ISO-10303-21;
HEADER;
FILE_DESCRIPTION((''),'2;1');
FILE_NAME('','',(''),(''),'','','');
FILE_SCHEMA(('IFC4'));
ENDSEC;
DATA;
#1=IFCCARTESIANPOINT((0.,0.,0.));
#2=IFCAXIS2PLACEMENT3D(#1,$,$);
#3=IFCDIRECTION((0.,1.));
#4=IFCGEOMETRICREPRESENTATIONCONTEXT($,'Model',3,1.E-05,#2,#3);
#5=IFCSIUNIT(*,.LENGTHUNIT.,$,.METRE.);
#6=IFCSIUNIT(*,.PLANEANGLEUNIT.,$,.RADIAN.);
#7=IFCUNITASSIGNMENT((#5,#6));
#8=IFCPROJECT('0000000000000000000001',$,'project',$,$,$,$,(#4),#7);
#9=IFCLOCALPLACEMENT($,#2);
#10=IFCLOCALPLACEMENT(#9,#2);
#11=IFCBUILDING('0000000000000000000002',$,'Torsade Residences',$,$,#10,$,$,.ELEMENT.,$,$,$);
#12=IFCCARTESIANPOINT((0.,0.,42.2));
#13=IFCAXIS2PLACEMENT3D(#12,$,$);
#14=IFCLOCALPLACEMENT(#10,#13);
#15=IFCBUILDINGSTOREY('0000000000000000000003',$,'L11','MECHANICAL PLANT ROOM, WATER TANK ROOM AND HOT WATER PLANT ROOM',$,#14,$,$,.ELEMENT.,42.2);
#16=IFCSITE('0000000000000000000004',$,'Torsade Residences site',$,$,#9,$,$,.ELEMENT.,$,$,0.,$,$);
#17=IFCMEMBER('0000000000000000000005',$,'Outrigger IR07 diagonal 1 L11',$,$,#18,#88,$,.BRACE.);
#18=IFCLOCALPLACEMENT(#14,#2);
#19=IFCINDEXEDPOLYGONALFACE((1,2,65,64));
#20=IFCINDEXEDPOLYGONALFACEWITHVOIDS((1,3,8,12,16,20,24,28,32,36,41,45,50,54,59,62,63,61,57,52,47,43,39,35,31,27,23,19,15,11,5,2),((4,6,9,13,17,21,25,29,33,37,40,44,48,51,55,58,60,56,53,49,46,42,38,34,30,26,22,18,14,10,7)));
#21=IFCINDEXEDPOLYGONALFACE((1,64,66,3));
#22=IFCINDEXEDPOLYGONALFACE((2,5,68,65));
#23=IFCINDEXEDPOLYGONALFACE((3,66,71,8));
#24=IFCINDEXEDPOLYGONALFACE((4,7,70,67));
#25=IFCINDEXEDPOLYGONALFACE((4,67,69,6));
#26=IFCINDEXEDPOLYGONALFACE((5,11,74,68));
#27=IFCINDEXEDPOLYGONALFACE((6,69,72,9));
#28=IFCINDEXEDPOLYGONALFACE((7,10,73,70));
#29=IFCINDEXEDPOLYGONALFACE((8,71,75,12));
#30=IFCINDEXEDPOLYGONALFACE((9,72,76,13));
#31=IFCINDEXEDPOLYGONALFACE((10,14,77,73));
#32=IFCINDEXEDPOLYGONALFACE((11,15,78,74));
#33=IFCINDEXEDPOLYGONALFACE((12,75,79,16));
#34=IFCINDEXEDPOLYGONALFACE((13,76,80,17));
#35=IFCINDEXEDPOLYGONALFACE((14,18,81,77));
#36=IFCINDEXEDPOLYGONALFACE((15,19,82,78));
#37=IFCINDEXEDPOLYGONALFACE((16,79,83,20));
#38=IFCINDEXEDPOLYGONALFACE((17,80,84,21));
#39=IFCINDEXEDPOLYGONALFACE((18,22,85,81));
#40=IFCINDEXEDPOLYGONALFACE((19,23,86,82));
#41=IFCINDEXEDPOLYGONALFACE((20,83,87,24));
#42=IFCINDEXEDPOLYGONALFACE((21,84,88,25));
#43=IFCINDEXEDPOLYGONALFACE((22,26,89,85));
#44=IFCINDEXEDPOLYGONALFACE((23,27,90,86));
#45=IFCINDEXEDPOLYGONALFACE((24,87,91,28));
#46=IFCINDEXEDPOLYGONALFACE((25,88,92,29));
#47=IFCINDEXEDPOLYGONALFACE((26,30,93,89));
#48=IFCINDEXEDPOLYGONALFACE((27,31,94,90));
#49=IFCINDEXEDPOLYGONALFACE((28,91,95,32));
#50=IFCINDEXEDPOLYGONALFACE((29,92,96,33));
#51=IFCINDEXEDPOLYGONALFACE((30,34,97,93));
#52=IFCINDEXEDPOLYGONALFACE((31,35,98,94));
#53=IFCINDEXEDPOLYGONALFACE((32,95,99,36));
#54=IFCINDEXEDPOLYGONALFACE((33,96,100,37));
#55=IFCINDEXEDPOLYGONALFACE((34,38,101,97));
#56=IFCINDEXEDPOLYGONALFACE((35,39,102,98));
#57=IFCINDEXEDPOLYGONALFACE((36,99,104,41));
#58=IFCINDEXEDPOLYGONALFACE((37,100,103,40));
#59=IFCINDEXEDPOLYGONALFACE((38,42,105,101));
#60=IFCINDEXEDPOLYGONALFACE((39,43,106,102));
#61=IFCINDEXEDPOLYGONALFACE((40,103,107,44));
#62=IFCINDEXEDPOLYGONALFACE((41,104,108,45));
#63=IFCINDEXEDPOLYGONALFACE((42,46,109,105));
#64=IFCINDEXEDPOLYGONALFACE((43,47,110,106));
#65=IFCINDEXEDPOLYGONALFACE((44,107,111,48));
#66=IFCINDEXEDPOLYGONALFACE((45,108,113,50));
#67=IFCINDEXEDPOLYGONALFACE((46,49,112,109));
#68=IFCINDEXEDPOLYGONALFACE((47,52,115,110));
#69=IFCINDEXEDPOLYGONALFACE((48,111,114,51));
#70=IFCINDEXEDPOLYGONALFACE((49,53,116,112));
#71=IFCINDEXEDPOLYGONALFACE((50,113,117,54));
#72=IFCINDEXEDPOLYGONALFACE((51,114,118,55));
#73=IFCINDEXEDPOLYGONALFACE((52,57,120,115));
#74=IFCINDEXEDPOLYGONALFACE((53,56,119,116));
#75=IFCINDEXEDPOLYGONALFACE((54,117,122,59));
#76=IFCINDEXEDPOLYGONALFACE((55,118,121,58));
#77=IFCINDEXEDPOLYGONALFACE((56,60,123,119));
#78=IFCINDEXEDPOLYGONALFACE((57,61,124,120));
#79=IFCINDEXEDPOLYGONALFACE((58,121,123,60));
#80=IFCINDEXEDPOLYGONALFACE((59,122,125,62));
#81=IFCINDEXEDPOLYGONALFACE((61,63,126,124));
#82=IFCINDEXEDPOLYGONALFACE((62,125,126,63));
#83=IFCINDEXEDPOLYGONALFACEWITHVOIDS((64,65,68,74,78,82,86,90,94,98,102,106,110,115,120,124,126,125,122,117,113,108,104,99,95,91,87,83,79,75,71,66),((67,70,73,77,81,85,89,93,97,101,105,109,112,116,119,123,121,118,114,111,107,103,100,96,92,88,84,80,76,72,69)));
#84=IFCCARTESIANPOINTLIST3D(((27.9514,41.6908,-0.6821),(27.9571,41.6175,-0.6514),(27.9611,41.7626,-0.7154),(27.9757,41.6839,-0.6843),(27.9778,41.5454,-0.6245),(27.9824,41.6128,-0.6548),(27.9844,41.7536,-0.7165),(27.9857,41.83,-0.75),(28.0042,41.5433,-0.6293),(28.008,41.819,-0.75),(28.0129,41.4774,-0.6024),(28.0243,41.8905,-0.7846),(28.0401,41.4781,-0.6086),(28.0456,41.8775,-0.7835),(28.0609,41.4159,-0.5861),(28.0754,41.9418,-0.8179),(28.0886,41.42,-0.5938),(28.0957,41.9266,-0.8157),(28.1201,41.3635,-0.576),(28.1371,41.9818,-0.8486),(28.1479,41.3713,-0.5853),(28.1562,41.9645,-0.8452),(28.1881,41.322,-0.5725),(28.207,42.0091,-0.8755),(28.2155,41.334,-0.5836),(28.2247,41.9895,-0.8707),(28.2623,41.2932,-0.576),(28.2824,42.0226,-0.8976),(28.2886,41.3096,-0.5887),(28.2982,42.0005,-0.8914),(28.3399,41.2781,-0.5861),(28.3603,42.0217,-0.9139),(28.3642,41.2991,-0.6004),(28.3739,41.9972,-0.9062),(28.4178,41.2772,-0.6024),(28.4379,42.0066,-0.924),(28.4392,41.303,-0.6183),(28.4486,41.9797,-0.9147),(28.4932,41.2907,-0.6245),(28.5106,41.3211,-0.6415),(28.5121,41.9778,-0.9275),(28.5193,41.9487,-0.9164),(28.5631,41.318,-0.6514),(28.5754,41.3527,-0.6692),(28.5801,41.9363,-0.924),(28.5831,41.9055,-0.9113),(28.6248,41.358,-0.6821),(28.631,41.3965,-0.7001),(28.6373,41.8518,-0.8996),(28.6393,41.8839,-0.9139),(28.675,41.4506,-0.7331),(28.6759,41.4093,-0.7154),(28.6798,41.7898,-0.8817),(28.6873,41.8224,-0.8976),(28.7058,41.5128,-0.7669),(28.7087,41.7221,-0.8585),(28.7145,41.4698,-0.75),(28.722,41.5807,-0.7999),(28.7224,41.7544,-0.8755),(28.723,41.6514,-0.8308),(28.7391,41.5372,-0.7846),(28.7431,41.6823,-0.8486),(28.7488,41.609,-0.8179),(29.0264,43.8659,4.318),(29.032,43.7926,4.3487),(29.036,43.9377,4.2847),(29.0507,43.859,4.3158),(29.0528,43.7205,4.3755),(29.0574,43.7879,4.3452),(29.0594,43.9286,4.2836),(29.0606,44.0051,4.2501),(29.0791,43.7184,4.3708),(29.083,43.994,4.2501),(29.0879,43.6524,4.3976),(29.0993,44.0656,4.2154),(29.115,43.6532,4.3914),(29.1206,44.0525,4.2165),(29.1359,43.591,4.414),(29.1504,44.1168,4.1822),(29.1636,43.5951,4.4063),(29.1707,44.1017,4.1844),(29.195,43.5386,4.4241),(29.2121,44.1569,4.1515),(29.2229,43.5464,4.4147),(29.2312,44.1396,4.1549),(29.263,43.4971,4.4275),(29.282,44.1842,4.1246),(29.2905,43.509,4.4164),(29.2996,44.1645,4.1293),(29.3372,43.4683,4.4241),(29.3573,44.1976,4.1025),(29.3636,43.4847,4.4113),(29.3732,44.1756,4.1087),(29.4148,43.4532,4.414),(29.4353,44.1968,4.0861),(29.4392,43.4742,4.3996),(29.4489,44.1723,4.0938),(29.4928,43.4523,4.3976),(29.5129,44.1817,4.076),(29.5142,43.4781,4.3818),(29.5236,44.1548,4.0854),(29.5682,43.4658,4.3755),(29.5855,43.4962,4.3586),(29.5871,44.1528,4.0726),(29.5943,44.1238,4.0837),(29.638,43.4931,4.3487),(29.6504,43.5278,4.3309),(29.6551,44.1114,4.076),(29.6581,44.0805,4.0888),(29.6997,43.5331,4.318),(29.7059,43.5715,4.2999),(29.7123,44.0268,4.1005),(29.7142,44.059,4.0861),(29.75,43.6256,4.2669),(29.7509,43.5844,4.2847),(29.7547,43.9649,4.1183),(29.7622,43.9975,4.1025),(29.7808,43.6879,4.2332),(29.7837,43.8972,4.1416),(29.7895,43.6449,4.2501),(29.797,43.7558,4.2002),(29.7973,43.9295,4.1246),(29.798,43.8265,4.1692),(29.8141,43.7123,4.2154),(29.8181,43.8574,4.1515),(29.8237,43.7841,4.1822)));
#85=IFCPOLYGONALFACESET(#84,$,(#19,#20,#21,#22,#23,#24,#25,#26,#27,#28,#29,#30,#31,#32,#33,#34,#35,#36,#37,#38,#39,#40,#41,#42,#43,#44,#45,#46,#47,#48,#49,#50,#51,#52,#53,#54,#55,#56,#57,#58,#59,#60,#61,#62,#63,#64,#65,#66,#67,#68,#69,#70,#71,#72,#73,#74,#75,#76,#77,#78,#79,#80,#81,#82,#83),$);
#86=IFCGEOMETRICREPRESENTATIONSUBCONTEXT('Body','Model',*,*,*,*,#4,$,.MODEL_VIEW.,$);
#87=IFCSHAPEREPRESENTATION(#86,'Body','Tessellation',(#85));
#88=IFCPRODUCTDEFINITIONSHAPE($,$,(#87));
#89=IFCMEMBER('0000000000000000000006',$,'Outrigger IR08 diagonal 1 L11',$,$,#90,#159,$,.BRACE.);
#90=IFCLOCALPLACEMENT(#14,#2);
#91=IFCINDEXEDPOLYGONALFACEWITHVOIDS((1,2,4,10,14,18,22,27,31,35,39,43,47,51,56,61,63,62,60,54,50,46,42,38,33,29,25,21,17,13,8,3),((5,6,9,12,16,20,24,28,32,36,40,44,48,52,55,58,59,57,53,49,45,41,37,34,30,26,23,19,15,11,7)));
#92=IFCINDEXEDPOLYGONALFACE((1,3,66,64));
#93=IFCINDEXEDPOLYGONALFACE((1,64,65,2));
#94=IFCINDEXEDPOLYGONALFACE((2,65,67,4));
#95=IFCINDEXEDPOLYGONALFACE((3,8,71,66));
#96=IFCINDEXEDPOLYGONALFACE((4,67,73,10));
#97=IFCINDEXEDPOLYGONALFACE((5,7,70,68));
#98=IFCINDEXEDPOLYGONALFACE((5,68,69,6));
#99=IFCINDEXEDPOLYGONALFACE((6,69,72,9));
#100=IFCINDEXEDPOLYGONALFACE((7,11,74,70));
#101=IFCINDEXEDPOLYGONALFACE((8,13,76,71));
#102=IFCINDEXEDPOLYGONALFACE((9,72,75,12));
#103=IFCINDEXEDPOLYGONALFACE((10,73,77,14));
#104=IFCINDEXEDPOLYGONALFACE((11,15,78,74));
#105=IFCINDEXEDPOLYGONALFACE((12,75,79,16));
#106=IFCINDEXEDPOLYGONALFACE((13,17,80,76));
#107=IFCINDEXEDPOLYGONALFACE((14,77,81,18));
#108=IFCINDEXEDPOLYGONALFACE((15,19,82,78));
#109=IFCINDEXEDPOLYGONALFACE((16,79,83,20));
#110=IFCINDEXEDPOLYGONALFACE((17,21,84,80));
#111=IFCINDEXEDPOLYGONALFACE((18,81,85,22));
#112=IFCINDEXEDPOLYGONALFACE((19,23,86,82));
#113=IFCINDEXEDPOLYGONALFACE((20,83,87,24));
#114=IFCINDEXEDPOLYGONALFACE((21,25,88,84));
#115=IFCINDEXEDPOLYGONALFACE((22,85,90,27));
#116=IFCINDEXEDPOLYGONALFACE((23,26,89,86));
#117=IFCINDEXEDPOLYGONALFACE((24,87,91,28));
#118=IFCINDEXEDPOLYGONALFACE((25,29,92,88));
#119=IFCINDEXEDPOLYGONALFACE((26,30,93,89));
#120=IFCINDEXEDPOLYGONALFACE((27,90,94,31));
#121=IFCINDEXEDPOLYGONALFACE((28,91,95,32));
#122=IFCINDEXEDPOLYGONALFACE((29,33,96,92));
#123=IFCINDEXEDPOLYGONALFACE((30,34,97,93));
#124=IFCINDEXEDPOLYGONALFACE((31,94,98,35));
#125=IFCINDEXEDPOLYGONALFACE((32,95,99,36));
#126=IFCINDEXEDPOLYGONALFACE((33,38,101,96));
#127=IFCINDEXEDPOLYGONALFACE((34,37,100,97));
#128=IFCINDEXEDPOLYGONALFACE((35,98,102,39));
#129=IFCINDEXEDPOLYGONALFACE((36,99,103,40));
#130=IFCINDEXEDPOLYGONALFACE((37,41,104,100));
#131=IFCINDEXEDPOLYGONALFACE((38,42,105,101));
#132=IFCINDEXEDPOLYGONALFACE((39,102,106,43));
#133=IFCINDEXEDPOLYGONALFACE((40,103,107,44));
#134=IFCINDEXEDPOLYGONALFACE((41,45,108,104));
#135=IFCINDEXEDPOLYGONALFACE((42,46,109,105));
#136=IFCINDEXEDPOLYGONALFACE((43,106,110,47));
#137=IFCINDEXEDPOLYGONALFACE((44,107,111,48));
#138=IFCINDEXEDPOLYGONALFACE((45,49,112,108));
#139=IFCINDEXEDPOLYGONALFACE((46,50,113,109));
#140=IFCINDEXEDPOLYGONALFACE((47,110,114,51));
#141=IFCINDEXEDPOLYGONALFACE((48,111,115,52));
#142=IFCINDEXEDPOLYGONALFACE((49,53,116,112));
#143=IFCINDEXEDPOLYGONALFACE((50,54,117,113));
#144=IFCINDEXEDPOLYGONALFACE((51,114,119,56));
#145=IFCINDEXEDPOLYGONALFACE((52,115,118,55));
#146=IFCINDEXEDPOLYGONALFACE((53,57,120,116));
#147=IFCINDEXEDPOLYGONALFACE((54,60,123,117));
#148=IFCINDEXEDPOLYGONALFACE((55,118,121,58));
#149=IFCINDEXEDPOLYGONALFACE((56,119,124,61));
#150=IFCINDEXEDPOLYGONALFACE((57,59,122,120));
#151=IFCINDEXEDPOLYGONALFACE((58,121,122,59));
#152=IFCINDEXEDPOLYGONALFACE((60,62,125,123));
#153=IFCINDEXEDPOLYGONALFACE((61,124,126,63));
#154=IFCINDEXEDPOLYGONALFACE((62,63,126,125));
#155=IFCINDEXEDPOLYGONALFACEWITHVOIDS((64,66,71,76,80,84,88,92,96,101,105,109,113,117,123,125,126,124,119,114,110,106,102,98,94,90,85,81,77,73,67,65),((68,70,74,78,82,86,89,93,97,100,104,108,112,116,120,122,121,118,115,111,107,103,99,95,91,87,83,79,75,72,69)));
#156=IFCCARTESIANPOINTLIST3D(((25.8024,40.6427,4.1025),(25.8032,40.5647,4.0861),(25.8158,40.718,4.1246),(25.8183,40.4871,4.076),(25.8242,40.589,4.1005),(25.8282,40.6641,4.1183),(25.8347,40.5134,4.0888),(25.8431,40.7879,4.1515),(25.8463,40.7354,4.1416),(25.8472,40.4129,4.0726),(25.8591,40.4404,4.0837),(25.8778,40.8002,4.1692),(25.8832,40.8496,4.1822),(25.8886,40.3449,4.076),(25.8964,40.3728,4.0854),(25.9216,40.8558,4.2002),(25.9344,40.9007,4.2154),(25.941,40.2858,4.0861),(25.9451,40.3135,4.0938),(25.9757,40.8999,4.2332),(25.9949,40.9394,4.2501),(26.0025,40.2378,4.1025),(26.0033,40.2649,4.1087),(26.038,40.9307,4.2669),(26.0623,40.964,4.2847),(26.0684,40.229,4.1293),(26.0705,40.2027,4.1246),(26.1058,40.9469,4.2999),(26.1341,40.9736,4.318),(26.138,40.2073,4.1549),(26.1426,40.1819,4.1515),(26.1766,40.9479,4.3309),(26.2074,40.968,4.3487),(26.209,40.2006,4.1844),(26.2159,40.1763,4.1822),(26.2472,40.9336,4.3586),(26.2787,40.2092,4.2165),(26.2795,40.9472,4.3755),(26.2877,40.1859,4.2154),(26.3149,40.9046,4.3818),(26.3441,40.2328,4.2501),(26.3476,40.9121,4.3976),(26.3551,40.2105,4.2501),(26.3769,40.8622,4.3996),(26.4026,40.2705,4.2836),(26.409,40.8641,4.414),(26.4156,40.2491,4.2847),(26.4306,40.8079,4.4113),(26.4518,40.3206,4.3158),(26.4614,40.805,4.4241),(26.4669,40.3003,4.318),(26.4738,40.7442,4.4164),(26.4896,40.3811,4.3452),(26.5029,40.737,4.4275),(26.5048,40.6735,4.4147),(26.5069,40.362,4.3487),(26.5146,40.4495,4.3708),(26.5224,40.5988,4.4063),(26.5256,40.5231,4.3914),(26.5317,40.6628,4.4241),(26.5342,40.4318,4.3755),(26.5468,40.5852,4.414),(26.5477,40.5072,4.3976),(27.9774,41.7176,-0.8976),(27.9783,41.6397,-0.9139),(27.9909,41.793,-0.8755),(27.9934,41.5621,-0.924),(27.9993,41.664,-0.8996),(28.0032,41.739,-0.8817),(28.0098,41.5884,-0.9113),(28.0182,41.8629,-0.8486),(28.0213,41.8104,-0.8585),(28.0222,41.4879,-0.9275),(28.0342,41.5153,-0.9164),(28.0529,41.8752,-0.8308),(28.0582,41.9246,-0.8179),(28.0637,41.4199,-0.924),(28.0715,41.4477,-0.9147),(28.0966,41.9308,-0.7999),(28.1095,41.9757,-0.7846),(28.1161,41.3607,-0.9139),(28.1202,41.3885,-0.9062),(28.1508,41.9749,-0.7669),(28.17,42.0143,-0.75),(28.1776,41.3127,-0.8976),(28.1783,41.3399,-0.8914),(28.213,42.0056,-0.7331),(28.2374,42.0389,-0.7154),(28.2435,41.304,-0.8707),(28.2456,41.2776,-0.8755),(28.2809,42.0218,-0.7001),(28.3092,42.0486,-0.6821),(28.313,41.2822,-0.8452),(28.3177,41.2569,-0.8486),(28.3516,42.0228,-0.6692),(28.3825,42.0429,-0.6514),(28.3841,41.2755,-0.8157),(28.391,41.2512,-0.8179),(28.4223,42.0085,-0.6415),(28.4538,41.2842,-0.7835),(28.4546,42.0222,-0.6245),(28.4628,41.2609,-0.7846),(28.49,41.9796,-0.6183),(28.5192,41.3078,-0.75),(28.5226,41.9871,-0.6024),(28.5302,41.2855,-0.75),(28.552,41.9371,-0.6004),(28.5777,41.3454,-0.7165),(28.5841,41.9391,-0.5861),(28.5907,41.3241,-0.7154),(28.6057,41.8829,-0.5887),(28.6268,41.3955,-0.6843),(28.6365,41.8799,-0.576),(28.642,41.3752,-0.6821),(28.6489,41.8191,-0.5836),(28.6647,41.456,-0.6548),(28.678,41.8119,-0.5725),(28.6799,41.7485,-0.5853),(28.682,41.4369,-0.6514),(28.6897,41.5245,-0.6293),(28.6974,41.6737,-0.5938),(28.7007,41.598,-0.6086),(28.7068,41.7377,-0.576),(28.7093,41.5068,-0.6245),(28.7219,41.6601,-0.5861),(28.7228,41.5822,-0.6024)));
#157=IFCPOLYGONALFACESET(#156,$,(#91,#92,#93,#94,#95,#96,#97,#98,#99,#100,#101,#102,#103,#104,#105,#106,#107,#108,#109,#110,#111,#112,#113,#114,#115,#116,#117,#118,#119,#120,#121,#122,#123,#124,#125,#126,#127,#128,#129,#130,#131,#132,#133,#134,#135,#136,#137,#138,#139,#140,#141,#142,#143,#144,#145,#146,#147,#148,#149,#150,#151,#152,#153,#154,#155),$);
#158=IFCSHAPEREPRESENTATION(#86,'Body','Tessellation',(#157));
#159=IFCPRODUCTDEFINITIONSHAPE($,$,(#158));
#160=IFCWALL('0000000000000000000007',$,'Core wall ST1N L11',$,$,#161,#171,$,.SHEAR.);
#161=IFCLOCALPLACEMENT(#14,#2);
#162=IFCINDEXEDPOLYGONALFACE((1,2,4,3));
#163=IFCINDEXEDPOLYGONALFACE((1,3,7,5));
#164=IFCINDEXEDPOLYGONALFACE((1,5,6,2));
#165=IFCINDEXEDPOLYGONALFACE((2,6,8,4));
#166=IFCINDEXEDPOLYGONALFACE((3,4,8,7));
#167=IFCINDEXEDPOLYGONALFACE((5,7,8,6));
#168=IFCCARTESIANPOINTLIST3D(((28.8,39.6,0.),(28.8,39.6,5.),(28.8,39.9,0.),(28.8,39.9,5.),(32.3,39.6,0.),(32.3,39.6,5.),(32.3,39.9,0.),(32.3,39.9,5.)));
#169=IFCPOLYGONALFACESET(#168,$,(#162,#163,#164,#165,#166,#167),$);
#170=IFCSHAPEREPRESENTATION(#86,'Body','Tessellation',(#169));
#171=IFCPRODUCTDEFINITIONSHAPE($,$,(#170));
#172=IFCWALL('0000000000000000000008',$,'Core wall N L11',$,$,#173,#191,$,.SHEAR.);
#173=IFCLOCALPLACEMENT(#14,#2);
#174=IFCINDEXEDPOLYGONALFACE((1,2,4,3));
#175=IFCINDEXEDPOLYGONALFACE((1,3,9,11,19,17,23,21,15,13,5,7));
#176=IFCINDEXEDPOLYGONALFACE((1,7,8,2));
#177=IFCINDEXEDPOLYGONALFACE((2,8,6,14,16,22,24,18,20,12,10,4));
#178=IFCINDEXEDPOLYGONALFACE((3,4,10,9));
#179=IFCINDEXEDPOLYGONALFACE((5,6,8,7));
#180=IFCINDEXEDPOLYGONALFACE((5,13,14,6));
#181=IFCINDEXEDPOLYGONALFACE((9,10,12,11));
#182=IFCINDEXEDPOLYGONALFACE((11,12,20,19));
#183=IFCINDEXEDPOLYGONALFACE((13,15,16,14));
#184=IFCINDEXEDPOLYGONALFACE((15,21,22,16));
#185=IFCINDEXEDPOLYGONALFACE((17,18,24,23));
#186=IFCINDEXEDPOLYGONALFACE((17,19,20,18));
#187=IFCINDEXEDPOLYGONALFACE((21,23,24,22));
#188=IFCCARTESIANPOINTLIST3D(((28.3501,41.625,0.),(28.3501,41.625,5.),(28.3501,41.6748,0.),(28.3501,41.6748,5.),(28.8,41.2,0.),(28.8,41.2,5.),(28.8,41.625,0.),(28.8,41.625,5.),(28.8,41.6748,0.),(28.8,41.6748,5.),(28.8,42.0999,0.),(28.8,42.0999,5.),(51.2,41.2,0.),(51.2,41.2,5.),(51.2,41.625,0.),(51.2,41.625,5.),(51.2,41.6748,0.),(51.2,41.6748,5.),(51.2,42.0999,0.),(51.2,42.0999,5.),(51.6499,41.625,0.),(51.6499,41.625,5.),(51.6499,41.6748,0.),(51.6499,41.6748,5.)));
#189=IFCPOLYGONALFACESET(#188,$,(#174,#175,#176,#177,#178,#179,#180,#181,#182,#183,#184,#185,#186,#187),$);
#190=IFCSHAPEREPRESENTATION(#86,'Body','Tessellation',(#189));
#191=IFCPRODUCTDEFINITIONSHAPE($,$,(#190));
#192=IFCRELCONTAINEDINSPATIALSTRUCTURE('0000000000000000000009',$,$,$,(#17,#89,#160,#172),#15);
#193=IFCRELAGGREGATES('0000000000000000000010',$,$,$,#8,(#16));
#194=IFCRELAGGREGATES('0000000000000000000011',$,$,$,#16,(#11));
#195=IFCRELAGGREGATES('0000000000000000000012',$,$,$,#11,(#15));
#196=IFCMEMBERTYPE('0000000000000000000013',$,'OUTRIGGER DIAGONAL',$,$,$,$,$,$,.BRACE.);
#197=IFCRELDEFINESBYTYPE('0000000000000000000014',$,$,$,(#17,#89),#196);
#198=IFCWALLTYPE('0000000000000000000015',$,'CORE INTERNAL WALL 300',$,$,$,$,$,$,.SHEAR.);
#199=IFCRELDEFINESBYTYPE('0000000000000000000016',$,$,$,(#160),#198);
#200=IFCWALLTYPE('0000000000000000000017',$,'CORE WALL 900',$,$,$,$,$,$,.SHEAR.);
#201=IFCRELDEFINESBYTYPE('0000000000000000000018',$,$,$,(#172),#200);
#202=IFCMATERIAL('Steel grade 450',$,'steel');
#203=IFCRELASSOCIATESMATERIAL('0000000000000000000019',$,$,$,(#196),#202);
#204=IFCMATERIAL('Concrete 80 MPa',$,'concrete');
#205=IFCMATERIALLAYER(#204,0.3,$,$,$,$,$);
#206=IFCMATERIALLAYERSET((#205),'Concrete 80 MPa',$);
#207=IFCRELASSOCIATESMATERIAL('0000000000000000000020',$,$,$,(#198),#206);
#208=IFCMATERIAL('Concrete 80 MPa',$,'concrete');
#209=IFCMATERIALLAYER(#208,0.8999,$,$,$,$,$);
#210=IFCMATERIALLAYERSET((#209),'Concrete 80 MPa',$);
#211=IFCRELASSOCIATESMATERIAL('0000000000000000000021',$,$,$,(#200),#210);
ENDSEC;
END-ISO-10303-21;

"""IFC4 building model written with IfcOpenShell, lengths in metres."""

from ifc_helpers import new_model, si_unit, direction, frame, frame_2d, origin, origin_2d, place, context, subcontext, project, spatial, polyline, rectangle, hollow_circle, outline, extrude, material, layer, layer_set, material_profile, profile_set, type_object, element, save


model = new_model("IFC4")

# Units and contexts
model_context = context("Model", 3, precision=1e-05, world=origin(), true_north=direction((0.0, 1.0)))
body_context = subcontext(model_context, "Body", "Model", "MODEL_VIEW")
ifc_project = project(units=[si_unit("LENGTHUNIT", "METRE"), si_unit("PLANEANGLEUNIT", "RADIAN")], contexts=[model_context])

# Site, building, storey
site_placement = place(None, origin())
site = spatial("IfcSite", under=ifc_project, at=site_placement, Name="Torsade Residences site", CompositionType="ELEMENT", RefElevation=0.0)
building_placement = place(site_placement, origin())
building = spatial("IfcBuilding", under=site, at=building_placement, Name="Torsade Residences", CompositionType="ELEMENT")
storey_placement = place(building_placement, frame((0.0, 0.0, 42.2)))
storey = spatial("IfcBuildingStorey", under=building, at=storey_placement, Name="L11", Description="MECHANICAL PLANT ROOM, WATER TANK ROOM AND HOT WATER PLANT ROOM", CompositionType="ELEMENT", Elevation=42.2)

# Members
ifc_material_1 = material(Name="Steel grade 450", Category="steel")
ifc_material_profile_1 = material_profile(ifc_material_1, hollow_circle(Radius=0.4065, WallThickness=0.0249, at=origin_2d()), Name="813.0x25.0CHS")
ifc_profile_set_1 = profile_set([ifc_material_profile_1], Name="Steel grade 450")
member_type_1 = type_object("IfcMemberType", Name="OUTRIGGER DIAGONAL", PredefinedType="BRACE", material=ifc_profile_set_1)
for number, where, z_axis, x_axis, name in (
    (1, (28.3501, 41.6499, -0.75), (0.193422, 0.391368, 0.899677), (-0.896491, 0.443063, 0.0), "Outrigger IR07 diagonal 1 L11"),
    (2, (28.3501, 41.6499, -0.75), (-0.391368, -0.193422, 0.899677), (0.443063, -0.896491, 0.0), "Outrigger IR08 diagonal 1 L11"),
):
    element("IfcMember", number, at=place(storey_placement, frame(where, z_axis=z_axis, x_axis=x_axis)), inside=storey, type_object=member_type_1, Name=name, PredefinedType="BRACE", context=body_context, shape_type="SweptSolid", body=[
        extrude(hollow_circle(Radius=0.4065, WallThickness=0.0249, at=origin_2d()), origin(), (0.0, 0.0, 1.0), 5.5576),
    ])

# Walls
ifc_material_2 = material(Name="Concrete 80 MPa", Category="concrete")
ifc_layer_1 = layer(ifc_material_2, 0.3)
ifc_layer_set_1 = layer_set([ifc_layer_1], Name="Concrete 80 MPa")
wall_type_1 = type_object("IfcWallType", Name="CORE INTERNAL WALL 300", PredefinedType="SHEAR", material=ifc_layer_set_1)
wall_1_placement = place(storey_placement, frame((28.8, 39.75, 0.0), z_axis=(0.0, 0.0, 1.0), x_axis=(1.0, 0.0, 0.0)))
element("IfcWall", 3, at=wall_1_placement, inside=storey, type_object=wall_type_1, Name="Core wall ST1N L11", PredefinedType="SHEAR", context=body_context, shape_type="SweptSolid", body=[
    extrude(rectangle(XDim=3.5, YDim=0.3, at=frame_2d((1.75, 0.0))), origin(), (0.0, 0.0, 1.0), 5.0),
])
ifc_material_3 = material(Name="Concrete 80 MPa", Category="concrete")
ifc_layer_2 = layer(ifc_material_3, 0.8999)
ifc_layer_set_2 = layer_set([ifc_layer_2], Name="Concrete 80 MPa")
wall_type_2 = type_object("IfcWallType", Name="CORE WALL 900", PredefinedType="SHEAR", material=ifc_layer_set_2)
wall_2_placement = place(storey_placement, frame((28.8, 41.6499, 0.0), z_axis=(0.0, 0.0, 1.0), x_axis=(1.0, 0.0, 0.0)))
element("IfcWall", 4, at=wall_2_placement, inside=storey, type_object=wall_type_2, Name="Core wall N L11", PredefinedType="SHEAR", context=body_context, shape_type="SweptSolid", body=[
    extrude(outline(polyline([(0.0, -0.45), (22.3999, -0.45), (22.3999, -0.0249), (22.8499, -0.0249), (22.8499, 0.0249), (22.3999, 0.0249), (22.3999, 0.45), (0.0, 0.45), (0.0, 0.0249), (-0.45, 0.0249), (-0.45, -0.0249), (0.0, -0.0249), (0.0, -0.45)])), origin(), (0.0, 0.0, 1.0), 5.0),
])

save(model, "model.ifc")
